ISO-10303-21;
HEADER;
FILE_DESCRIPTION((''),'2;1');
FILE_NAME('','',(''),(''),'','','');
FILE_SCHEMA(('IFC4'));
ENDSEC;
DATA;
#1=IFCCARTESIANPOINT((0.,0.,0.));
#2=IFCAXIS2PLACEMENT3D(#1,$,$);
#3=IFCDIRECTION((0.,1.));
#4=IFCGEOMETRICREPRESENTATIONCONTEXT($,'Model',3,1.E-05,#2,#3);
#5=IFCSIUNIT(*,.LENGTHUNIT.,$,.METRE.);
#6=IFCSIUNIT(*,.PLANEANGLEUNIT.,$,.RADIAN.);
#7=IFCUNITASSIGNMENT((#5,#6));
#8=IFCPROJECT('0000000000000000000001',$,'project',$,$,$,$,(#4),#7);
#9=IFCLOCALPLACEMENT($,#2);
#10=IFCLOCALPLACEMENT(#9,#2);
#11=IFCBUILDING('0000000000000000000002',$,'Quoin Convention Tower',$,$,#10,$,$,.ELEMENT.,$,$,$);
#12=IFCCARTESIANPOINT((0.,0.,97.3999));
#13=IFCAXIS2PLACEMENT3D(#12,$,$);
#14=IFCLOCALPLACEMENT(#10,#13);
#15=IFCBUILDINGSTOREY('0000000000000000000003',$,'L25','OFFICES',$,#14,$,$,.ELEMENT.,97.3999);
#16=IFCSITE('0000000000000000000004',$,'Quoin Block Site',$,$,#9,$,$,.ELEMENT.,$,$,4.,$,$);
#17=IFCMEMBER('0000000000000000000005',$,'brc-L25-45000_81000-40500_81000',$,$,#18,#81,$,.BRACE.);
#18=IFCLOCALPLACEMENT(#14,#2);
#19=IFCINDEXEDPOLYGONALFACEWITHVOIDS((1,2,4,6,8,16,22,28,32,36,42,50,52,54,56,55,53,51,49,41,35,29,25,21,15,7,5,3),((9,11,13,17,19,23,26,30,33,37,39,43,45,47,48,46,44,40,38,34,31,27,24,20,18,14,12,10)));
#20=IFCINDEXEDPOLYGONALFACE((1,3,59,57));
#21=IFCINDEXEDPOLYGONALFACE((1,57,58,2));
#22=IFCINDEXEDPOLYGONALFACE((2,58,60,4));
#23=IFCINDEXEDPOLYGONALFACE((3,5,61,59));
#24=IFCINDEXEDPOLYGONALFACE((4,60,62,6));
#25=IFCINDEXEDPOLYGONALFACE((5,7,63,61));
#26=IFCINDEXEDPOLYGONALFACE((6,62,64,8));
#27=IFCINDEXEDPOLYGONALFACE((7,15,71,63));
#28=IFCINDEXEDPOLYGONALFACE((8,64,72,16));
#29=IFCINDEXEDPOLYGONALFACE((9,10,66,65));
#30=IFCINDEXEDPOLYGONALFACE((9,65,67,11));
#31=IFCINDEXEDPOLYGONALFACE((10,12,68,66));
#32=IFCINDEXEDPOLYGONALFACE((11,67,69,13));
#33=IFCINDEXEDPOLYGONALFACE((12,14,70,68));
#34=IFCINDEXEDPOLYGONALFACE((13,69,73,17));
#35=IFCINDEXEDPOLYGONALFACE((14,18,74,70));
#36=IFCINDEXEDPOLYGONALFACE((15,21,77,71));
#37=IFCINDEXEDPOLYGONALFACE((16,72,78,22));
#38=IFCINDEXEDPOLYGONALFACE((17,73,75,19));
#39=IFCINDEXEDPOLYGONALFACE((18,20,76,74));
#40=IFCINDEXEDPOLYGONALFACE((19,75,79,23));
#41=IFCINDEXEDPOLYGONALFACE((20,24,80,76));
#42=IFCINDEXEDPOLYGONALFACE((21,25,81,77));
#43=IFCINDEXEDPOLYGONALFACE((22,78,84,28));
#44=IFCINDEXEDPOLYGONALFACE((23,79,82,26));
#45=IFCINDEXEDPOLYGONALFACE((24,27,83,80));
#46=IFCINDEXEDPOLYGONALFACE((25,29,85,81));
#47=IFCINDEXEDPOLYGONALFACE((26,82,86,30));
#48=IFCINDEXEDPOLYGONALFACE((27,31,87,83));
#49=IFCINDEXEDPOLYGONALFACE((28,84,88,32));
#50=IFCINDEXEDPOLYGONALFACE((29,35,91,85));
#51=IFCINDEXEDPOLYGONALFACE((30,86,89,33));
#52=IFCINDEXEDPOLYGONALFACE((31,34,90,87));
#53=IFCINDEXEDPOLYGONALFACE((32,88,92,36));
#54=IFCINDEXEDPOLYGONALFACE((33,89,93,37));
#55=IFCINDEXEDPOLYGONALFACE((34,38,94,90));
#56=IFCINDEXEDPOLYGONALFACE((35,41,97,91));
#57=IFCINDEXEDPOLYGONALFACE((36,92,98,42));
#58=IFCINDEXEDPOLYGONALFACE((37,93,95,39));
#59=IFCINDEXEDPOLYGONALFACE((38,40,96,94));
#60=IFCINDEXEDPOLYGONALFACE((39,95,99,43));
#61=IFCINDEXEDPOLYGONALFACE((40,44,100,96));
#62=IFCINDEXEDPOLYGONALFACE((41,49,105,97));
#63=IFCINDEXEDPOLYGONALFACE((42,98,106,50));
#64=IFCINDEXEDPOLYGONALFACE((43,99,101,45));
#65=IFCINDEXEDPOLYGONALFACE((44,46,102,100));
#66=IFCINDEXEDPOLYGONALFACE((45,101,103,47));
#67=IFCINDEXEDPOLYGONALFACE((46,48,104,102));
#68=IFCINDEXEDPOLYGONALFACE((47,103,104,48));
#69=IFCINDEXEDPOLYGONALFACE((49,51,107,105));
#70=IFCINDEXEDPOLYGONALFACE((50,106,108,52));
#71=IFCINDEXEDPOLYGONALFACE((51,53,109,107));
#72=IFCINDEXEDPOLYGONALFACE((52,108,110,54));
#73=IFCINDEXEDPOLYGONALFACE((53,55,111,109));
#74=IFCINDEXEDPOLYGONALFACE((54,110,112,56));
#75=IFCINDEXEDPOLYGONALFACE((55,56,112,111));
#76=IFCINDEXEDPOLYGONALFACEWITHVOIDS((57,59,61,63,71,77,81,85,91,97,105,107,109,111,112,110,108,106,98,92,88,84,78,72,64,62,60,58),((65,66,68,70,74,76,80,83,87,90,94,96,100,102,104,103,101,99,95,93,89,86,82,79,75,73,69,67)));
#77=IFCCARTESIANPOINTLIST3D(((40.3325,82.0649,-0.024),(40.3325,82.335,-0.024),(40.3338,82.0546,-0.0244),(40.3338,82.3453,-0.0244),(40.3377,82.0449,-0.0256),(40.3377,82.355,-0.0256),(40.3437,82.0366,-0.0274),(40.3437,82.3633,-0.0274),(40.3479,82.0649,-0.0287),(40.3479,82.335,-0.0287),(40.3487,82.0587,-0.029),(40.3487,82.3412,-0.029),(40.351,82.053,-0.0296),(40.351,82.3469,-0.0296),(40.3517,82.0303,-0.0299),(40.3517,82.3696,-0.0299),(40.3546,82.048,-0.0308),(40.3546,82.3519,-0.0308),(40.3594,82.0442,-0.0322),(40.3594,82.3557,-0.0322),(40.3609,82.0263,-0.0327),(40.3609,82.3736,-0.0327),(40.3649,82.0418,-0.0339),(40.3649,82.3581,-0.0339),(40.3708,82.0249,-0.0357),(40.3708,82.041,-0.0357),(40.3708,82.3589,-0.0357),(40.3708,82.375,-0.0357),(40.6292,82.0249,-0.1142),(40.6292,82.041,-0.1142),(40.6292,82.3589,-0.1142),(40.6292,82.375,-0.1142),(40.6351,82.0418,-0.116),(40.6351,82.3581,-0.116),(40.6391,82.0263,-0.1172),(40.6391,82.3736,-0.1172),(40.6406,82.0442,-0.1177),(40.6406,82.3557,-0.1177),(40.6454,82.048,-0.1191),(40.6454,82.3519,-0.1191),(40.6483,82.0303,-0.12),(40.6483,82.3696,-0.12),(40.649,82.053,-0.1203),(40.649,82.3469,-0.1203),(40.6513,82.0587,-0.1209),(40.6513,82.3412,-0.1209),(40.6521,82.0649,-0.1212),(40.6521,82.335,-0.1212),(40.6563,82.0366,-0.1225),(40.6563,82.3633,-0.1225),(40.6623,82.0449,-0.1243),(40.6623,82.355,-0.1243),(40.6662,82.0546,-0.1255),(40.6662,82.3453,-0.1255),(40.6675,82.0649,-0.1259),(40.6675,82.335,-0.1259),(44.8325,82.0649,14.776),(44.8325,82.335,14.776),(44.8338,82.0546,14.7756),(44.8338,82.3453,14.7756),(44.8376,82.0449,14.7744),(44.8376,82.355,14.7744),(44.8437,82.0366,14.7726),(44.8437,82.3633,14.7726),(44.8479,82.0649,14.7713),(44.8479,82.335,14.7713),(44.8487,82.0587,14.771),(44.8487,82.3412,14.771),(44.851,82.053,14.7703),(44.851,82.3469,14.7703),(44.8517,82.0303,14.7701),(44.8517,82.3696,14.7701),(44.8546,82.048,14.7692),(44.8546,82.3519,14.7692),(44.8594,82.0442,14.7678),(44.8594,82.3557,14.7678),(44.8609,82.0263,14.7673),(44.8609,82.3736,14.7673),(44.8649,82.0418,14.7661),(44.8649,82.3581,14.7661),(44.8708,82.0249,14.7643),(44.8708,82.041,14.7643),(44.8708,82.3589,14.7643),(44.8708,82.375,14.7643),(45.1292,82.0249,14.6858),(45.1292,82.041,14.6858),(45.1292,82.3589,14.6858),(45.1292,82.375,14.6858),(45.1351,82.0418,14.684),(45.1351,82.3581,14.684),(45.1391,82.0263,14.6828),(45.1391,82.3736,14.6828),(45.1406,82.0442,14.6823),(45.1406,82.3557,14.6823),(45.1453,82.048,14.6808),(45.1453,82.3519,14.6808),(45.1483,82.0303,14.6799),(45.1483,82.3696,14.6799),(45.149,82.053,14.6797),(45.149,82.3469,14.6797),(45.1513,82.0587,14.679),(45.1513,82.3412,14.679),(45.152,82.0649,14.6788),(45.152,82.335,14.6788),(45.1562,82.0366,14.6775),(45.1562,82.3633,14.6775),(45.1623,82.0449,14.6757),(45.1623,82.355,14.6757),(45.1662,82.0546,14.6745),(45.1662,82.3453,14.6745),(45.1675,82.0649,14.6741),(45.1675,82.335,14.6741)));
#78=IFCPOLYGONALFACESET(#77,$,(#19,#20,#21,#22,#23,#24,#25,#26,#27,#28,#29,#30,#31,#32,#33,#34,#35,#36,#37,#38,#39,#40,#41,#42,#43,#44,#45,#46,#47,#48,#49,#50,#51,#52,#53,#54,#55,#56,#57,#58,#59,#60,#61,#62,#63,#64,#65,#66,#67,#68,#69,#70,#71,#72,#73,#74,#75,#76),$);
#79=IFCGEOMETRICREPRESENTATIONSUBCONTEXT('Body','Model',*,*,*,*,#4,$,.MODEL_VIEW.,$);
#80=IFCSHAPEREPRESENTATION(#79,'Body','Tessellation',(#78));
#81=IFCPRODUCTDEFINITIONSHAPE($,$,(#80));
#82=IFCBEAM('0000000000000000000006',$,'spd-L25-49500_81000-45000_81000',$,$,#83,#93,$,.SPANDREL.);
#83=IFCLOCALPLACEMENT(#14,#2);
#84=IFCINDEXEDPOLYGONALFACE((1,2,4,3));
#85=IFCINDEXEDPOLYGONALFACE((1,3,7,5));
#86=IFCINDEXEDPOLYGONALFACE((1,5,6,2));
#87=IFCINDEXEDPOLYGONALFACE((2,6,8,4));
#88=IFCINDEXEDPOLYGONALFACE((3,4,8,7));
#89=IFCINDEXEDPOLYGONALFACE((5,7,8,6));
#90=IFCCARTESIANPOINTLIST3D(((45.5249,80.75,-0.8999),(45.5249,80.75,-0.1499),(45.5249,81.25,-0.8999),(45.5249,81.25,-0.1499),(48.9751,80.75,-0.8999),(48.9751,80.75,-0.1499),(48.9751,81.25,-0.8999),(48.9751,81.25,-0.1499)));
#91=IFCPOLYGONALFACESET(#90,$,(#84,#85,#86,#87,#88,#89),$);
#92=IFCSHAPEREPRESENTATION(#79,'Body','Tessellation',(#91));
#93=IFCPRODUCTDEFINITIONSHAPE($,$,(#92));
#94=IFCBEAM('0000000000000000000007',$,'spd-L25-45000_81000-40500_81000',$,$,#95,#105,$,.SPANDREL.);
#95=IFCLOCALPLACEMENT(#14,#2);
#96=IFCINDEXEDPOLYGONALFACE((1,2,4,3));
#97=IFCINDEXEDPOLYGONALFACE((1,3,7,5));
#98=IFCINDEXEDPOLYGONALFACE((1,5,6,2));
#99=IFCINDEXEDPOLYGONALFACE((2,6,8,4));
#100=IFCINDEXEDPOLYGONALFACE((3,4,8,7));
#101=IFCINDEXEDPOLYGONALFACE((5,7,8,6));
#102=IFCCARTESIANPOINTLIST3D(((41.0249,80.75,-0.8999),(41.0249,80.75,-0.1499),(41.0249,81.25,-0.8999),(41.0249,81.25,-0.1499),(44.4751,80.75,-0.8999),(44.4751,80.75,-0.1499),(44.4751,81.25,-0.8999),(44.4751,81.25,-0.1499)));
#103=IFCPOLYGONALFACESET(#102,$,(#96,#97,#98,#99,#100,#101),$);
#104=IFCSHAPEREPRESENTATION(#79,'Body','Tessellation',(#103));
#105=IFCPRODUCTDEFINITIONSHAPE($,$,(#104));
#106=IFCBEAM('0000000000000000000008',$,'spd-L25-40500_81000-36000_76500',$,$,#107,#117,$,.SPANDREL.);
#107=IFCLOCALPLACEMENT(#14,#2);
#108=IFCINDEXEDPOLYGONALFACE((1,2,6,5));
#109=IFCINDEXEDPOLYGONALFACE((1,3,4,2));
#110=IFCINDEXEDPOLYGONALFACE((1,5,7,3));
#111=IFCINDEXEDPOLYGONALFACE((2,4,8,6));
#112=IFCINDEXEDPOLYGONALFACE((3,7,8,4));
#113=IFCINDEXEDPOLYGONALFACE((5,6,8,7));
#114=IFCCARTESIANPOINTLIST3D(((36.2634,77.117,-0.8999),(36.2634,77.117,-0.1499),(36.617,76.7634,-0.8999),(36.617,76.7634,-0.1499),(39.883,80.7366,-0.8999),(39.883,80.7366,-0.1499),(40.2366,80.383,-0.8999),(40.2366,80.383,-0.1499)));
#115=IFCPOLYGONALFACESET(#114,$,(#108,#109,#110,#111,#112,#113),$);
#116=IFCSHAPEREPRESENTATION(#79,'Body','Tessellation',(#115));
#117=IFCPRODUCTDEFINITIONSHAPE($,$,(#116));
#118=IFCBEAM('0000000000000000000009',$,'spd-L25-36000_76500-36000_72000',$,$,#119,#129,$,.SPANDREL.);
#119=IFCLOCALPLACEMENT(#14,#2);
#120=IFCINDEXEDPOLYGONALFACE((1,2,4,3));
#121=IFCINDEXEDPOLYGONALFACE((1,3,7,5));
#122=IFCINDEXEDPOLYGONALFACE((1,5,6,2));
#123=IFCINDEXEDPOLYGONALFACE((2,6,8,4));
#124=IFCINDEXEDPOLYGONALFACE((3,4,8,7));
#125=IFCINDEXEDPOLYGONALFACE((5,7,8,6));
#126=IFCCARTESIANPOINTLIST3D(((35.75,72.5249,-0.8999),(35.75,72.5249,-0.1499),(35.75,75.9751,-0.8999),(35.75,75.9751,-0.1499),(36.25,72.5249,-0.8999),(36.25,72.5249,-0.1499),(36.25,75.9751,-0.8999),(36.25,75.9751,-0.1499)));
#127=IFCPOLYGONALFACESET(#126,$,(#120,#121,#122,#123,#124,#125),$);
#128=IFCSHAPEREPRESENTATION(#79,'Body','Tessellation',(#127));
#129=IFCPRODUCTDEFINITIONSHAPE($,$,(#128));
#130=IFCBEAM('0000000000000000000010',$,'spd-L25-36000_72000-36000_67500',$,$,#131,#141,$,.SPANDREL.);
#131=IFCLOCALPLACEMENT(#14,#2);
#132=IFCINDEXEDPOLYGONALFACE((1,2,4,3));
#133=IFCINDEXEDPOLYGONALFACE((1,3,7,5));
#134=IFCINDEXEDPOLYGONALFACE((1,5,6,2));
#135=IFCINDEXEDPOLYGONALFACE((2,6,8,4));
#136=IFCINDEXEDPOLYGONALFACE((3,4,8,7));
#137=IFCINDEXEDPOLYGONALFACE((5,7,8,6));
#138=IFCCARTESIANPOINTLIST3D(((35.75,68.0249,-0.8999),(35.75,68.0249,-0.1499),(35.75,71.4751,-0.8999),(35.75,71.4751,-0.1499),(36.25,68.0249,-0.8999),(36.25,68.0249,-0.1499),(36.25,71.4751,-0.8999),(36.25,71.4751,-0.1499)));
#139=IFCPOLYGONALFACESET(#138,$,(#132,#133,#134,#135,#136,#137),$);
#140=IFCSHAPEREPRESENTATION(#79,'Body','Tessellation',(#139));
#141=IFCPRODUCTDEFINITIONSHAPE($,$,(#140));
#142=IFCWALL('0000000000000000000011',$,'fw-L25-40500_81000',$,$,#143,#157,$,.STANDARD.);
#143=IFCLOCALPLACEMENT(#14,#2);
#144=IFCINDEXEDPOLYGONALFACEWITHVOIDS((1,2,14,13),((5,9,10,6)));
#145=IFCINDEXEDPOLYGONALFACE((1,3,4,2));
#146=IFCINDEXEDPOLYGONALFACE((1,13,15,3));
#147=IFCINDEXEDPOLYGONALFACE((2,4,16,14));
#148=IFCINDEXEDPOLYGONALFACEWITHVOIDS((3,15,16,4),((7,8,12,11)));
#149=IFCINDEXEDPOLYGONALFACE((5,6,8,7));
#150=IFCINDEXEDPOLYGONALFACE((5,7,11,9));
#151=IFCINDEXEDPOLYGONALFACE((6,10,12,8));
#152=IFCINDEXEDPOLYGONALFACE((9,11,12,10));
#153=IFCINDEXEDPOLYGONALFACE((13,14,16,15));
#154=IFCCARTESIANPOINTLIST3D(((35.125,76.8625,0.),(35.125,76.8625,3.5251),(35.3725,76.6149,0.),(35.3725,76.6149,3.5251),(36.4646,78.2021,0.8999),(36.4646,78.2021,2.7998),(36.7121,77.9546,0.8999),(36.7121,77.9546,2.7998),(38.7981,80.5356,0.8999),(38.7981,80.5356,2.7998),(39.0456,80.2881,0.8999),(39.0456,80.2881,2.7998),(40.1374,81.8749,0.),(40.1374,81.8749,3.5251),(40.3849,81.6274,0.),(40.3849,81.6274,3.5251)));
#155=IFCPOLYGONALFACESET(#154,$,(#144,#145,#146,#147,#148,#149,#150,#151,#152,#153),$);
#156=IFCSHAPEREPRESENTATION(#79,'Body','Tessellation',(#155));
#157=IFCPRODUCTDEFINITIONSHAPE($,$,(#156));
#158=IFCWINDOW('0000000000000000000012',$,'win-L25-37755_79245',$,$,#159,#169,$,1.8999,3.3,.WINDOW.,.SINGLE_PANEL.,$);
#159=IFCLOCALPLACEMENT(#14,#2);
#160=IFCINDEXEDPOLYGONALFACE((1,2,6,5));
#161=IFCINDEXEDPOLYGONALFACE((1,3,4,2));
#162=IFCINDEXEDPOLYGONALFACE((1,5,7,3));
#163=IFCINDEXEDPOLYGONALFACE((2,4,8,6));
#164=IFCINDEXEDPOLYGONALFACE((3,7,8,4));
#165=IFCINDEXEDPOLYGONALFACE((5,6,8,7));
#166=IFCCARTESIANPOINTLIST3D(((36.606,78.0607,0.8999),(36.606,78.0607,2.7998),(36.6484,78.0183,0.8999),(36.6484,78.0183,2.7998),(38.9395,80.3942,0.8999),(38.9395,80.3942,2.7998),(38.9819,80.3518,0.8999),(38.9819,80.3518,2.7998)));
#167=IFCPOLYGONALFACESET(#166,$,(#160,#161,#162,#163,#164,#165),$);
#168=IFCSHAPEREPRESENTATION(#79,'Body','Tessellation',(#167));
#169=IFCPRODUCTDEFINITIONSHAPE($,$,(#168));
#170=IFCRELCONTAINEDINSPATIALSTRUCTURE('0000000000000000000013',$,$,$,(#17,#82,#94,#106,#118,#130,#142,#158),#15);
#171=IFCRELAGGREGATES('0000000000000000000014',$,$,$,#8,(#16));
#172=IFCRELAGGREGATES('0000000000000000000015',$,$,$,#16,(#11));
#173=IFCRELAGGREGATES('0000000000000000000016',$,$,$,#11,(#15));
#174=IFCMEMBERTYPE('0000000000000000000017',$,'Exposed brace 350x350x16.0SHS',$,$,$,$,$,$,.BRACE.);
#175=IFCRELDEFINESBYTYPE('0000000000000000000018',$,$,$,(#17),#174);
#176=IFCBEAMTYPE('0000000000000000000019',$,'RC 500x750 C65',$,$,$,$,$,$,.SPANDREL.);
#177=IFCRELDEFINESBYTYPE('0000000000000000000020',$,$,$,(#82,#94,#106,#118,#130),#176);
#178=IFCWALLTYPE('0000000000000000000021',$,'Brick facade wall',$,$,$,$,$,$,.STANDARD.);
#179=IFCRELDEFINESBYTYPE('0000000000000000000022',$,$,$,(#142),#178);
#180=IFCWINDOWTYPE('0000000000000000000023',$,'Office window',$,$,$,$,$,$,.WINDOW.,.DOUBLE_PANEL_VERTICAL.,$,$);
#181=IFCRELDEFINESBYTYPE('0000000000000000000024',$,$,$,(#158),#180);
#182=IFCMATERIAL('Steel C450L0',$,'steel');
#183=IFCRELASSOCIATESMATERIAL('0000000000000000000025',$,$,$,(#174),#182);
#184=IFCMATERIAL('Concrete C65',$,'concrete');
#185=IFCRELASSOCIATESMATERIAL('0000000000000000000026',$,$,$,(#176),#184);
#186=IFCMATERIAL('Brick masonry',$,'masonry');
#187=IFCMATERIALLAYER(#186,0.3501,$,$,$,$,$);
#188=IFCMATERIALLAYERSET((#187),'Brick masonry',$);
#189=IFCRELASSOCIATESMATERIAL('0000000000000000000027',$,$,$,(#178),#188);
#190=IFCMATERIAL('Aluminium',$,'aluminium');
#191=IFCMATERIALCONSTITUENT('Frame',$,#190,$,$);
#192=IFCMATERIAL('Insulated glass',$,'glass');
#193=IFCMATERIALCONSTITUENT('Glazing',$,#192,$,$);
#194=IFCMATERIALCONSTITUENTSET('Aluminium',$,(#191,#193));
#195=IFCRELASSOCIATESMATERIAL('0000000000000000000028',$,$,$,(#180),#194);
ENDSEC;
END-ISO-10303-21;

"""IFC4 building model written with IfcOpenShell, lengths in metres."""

from ifc_helpers import new_model, si_unit, direction, frame, frame_2d, origin, origin_2d, place, context, subcontext, project, spatial, rectangle, hollow_rectangle, extrude, material, layer, layer_set, constituent, constituent_set, material_profile, profile_set, type_object, element, fill, save


model = new_model("IFC4")

# Units and contexts
model_context = context("Model", 3, precision=1e-05, world=origin(), true_north=direction((0.0, 1.0)))
body_context = subcontext(model_context, "Body", "Model", "MODEL_VIEW")
ifc_project = project(units=[si_unit("LENGTHUNIT", "METRE"), si_unit("PLANEANGLEUNIT", "RADIAN")], contexts=[model_context])

# Site, building, storey
site_placement = place(None, origin())
site = spatial("IfcSite", under=ifc_project, at=site_placement, Name="Quoin Block Site", CompositionType="ELEMENT", RefElevation=4.0)
building_placement = place(site_placement, origin())
building = spatial("IfcBuilding", under=site, at=building_placement, Name="Quoin Convention Tower", CompositionType="ELEMENT")
storey_placement = place(building_placement, frame((0.0, 0.0, 97.3999)))
storey = spatial("IfcBuildingStorey", under=building, at=storey_placement, Name="L25", Description="OFFICES", CompositionType="ELEMENT", Elevation=97.3999)

# Shared definitions
ifc_material_1 = material(Name="Concrete C65", Category="concrete")

# Member
ifc_material_2 = material(Name="Steel C450L0", Category="steel")
ifc_material_profile_1 = material_profile(ifc_material_2, hollow_rectangle(XDim=0.3501, YDim=0.3501, WallThickness=0.0161, InnerFilletRadius=0.0239, OuterFilletRadius=0.04, at=origin_2d()), Name="350x350x16.0SHS")
ifc_profile_set_1 = profile_set([ifc_material_profile_1], Name="Steel C450L0")
member_type = type_object("IfcMemberType", Name="Exposed brace 350x350x16.0SHS", PredefinedType="BRACE", material=ifc_profile_set_1)
member_placement = place(storey_placement, frame((40.5, 82.2, -0.075), z_axis=(0.290903, 0.0, 0.956752), x_axis=(0.0, 1.0, 0.0)))
element("IfcMember", 1, at=member_placement, inside=storey, type_object=member_type, Name="brc-L25-45000_81000-40500_81000", PredefinedType="BRACE", context=body_context, shape_type="SweptSolid", body=[
    extrude(hollow_rectangle(XDim=0.3501, YDim=0.3501, WallThickness=0.0161, InnerFilletRadius=0.0239, OuterFilletRadius=0.04, at=origin_2d()), origin(), (0.0, 0.0, 1.0), 15.469),
])

# Beams
ifc_material_profile_2 = material_profile(ifc_material_1, rectangle(XDim=0.5, YDim=0.75, at=origin_2d()), Name="RC 500x750")
ifc_profile_set_2 = profile_set([ifc_material_profile_2], Name="Concrete C65")
beam_type_1 = type_object("IfcBeamType", Name="RC 500x750 C65", PredefinedType="SPANDREL", material=ifc_profile_set_2)
for number, where, z_axis, x_axis, name in (
    (2, (48.9751, 81.0, -0.5249), (-1.0, 0.0, 0.0), (0.0, -1.0, 0.0), "spd-L25-49500_81000-45000_81000"),
    (3, (44.4751, 81.0, -0.5249), (-1.0, 0.0, 0.0), (0.0, -1.0, 0.0), "spd-L25-45000_81000-40500_81000"),
):
    element("IfcBeam", number, at=place(storey_placement, frame(where, z_axis=z_axis, x_axis=x_axis)), inside=storey, type_object=beam_type_1, Name=name, PredefinedType="SPANDREL", context=body_context, shape_type="SweptSolid", body=[
        extrude(rectangle(XDim=0.5, YDim=0.75, at=origin_2d()), origin(), (0.0, 0.0, 1.0), 3.4502),
    ])
beam_1_placement = place(storey_placement, frame((40.0598, 80.5598, -0.5249), z_axis=(-0.707107, -0.707107, 0.0), x_axis=(0.707107, -0.707107, 0.0)))
element("IfcBeam", 4, at=beam_1_placement, inside=storey, type_object=beam_type_1, Name="spd-L25-40500_81000-36000_76500", PredefinedType="SPANDREL", context=body_context, shape_type="SweptSolid", body=[
    extrude(rectangle(XDim=0.5, YDim=0.75, at=origin_2d()), origin(), (0.0, 0.0, 1.0), 5.1189),
])
for number, where, z_axis, x_axis, name in (
    (5, (36.0, 75.9751, -0.5249), (0.0, -1.0, 0.0), (1.0, 0.0, 0.0), "spd-L25-36000_76500-36000_72000"),
    (6, (36.0, 71.4751, -0.5249), (0.0, -1.0, 0.0), (1.0, 0.0, 0.0), "spd-L25-36000_72000-36000_67500"),
):
    element("IfcBeam", number, at=place(storey_placement, frame(where, z_axis=z_axis, x_axis=x_axis)), inside=storey, type_object=beam_type_1, Name=name, PredefinedType="SPANDREL", context=body_context, shape_type="SweptSolid", body=[
        extrude(rectangle(XDim=0.5, YDim=0.75, at=origin_2d()), origin(), (0.0, 0.0, 1.0), 3.4502),
    ])

# Wall, opening, window
ifc_material_3 = material(Name="Brick masonry", Category="masonry")
ifc_layer_1 = layer(ifc_material_3, 0.3501)
ifc_layer_set_1 = layer_set([ifc_layer_1], Name="Brick masonry")
wall_type_1 = type_object("IfcWallType", Name="Brick facade wall", PredefinedType="STANDARD", material=ifc_layer_set_1)
wall_1_placement = place(storey_placement, frame((40.2612, 81.7512, 0.0), z_axis=(0.0, 0.0, 1.0), x_axis=(-0.707107, -0.707107, 0.0)))
wall_1 = element("IfcWall", 7, at=wall_1_placement, inside=storey, type_object=wall_type_1, Name="fw-L25-40500_81000", PredefinedType="STANDARD", context=body_context, shape_type="SweptSolid", body=[
    extrude(rectangle(XDim=7.0886, YDim=0.3501, at=frame_2d((3.5444, 0.0))), origin(), (0.0, 0.0, 1.0), 3.5251),
])
opening_1_placement = place(wall_1_placement, frame((1.8943, 0.0, 0.8999)))
opening_1 = element("IfcOpeningElement", 8, at=opening_1_placement, cuts=wall_1, PredefinedType="OPENING", context=body_context, shape_type="SweptSolid", body=[
    extrude(rectangle(XDim=3.3, YDim=1.8999, at=frame_2d((1.6499, 0.95))), frame((0.0, 0.1851, 0.0), z_axis=(0.0, -1.0, 0.0), x_axis=(1.0, 0.0, 0.0)), (0.0, 0.0, 1.0), 0.3701),
])
ifc_material_4 = material(Name="Aluminium", Category="aluminium")
ifc_constituent_1 = constituent(ifc_material_4, Name="Frame")
ifc_material_5 = material(Name="Insulated glass", Category="glass")
ifc_constituent_2 = constituent(ifc_material_5, Name="Glazing")
ifc_constituent_set = constituent_set(constituents=[ifc_constituent_1, ifc_constituent_2], Name="Aluminium")
window_type = type_object("IfcWindowType", Name="Office window", PartitioningType="DOUBLE_PANEL_VERTICAL", PredefinedType="WINDOW", material=ifc_constituent_set)
window_placement = place(opening_1_placement, origin())
window = element("IfcWindow", 9, at=window_placement, inside=storey, type_object=window_type, Name="win-L25-37755_79245", OverallHeight=1.8999, OverallWidth=3.3, PartitioningType="SINGLE_PANEL", PredefinedType="WINDOW", context=body_context, shape_type="SweptSolid", body=[
    extrude(rectangle(XDim=3.3, YDim=1.8999, at=frame_2d((1.6499, 0.95))), frame((0.0, 0.085, 0.0), z_axis=(0.0, -1.0, 0.0), x_axis=(1.0, 0.0, 0.0)), (0.0, 0.0, 1.0), 0.0601),
])
fill(opening_1, window)

save(model, "model.ifc")
